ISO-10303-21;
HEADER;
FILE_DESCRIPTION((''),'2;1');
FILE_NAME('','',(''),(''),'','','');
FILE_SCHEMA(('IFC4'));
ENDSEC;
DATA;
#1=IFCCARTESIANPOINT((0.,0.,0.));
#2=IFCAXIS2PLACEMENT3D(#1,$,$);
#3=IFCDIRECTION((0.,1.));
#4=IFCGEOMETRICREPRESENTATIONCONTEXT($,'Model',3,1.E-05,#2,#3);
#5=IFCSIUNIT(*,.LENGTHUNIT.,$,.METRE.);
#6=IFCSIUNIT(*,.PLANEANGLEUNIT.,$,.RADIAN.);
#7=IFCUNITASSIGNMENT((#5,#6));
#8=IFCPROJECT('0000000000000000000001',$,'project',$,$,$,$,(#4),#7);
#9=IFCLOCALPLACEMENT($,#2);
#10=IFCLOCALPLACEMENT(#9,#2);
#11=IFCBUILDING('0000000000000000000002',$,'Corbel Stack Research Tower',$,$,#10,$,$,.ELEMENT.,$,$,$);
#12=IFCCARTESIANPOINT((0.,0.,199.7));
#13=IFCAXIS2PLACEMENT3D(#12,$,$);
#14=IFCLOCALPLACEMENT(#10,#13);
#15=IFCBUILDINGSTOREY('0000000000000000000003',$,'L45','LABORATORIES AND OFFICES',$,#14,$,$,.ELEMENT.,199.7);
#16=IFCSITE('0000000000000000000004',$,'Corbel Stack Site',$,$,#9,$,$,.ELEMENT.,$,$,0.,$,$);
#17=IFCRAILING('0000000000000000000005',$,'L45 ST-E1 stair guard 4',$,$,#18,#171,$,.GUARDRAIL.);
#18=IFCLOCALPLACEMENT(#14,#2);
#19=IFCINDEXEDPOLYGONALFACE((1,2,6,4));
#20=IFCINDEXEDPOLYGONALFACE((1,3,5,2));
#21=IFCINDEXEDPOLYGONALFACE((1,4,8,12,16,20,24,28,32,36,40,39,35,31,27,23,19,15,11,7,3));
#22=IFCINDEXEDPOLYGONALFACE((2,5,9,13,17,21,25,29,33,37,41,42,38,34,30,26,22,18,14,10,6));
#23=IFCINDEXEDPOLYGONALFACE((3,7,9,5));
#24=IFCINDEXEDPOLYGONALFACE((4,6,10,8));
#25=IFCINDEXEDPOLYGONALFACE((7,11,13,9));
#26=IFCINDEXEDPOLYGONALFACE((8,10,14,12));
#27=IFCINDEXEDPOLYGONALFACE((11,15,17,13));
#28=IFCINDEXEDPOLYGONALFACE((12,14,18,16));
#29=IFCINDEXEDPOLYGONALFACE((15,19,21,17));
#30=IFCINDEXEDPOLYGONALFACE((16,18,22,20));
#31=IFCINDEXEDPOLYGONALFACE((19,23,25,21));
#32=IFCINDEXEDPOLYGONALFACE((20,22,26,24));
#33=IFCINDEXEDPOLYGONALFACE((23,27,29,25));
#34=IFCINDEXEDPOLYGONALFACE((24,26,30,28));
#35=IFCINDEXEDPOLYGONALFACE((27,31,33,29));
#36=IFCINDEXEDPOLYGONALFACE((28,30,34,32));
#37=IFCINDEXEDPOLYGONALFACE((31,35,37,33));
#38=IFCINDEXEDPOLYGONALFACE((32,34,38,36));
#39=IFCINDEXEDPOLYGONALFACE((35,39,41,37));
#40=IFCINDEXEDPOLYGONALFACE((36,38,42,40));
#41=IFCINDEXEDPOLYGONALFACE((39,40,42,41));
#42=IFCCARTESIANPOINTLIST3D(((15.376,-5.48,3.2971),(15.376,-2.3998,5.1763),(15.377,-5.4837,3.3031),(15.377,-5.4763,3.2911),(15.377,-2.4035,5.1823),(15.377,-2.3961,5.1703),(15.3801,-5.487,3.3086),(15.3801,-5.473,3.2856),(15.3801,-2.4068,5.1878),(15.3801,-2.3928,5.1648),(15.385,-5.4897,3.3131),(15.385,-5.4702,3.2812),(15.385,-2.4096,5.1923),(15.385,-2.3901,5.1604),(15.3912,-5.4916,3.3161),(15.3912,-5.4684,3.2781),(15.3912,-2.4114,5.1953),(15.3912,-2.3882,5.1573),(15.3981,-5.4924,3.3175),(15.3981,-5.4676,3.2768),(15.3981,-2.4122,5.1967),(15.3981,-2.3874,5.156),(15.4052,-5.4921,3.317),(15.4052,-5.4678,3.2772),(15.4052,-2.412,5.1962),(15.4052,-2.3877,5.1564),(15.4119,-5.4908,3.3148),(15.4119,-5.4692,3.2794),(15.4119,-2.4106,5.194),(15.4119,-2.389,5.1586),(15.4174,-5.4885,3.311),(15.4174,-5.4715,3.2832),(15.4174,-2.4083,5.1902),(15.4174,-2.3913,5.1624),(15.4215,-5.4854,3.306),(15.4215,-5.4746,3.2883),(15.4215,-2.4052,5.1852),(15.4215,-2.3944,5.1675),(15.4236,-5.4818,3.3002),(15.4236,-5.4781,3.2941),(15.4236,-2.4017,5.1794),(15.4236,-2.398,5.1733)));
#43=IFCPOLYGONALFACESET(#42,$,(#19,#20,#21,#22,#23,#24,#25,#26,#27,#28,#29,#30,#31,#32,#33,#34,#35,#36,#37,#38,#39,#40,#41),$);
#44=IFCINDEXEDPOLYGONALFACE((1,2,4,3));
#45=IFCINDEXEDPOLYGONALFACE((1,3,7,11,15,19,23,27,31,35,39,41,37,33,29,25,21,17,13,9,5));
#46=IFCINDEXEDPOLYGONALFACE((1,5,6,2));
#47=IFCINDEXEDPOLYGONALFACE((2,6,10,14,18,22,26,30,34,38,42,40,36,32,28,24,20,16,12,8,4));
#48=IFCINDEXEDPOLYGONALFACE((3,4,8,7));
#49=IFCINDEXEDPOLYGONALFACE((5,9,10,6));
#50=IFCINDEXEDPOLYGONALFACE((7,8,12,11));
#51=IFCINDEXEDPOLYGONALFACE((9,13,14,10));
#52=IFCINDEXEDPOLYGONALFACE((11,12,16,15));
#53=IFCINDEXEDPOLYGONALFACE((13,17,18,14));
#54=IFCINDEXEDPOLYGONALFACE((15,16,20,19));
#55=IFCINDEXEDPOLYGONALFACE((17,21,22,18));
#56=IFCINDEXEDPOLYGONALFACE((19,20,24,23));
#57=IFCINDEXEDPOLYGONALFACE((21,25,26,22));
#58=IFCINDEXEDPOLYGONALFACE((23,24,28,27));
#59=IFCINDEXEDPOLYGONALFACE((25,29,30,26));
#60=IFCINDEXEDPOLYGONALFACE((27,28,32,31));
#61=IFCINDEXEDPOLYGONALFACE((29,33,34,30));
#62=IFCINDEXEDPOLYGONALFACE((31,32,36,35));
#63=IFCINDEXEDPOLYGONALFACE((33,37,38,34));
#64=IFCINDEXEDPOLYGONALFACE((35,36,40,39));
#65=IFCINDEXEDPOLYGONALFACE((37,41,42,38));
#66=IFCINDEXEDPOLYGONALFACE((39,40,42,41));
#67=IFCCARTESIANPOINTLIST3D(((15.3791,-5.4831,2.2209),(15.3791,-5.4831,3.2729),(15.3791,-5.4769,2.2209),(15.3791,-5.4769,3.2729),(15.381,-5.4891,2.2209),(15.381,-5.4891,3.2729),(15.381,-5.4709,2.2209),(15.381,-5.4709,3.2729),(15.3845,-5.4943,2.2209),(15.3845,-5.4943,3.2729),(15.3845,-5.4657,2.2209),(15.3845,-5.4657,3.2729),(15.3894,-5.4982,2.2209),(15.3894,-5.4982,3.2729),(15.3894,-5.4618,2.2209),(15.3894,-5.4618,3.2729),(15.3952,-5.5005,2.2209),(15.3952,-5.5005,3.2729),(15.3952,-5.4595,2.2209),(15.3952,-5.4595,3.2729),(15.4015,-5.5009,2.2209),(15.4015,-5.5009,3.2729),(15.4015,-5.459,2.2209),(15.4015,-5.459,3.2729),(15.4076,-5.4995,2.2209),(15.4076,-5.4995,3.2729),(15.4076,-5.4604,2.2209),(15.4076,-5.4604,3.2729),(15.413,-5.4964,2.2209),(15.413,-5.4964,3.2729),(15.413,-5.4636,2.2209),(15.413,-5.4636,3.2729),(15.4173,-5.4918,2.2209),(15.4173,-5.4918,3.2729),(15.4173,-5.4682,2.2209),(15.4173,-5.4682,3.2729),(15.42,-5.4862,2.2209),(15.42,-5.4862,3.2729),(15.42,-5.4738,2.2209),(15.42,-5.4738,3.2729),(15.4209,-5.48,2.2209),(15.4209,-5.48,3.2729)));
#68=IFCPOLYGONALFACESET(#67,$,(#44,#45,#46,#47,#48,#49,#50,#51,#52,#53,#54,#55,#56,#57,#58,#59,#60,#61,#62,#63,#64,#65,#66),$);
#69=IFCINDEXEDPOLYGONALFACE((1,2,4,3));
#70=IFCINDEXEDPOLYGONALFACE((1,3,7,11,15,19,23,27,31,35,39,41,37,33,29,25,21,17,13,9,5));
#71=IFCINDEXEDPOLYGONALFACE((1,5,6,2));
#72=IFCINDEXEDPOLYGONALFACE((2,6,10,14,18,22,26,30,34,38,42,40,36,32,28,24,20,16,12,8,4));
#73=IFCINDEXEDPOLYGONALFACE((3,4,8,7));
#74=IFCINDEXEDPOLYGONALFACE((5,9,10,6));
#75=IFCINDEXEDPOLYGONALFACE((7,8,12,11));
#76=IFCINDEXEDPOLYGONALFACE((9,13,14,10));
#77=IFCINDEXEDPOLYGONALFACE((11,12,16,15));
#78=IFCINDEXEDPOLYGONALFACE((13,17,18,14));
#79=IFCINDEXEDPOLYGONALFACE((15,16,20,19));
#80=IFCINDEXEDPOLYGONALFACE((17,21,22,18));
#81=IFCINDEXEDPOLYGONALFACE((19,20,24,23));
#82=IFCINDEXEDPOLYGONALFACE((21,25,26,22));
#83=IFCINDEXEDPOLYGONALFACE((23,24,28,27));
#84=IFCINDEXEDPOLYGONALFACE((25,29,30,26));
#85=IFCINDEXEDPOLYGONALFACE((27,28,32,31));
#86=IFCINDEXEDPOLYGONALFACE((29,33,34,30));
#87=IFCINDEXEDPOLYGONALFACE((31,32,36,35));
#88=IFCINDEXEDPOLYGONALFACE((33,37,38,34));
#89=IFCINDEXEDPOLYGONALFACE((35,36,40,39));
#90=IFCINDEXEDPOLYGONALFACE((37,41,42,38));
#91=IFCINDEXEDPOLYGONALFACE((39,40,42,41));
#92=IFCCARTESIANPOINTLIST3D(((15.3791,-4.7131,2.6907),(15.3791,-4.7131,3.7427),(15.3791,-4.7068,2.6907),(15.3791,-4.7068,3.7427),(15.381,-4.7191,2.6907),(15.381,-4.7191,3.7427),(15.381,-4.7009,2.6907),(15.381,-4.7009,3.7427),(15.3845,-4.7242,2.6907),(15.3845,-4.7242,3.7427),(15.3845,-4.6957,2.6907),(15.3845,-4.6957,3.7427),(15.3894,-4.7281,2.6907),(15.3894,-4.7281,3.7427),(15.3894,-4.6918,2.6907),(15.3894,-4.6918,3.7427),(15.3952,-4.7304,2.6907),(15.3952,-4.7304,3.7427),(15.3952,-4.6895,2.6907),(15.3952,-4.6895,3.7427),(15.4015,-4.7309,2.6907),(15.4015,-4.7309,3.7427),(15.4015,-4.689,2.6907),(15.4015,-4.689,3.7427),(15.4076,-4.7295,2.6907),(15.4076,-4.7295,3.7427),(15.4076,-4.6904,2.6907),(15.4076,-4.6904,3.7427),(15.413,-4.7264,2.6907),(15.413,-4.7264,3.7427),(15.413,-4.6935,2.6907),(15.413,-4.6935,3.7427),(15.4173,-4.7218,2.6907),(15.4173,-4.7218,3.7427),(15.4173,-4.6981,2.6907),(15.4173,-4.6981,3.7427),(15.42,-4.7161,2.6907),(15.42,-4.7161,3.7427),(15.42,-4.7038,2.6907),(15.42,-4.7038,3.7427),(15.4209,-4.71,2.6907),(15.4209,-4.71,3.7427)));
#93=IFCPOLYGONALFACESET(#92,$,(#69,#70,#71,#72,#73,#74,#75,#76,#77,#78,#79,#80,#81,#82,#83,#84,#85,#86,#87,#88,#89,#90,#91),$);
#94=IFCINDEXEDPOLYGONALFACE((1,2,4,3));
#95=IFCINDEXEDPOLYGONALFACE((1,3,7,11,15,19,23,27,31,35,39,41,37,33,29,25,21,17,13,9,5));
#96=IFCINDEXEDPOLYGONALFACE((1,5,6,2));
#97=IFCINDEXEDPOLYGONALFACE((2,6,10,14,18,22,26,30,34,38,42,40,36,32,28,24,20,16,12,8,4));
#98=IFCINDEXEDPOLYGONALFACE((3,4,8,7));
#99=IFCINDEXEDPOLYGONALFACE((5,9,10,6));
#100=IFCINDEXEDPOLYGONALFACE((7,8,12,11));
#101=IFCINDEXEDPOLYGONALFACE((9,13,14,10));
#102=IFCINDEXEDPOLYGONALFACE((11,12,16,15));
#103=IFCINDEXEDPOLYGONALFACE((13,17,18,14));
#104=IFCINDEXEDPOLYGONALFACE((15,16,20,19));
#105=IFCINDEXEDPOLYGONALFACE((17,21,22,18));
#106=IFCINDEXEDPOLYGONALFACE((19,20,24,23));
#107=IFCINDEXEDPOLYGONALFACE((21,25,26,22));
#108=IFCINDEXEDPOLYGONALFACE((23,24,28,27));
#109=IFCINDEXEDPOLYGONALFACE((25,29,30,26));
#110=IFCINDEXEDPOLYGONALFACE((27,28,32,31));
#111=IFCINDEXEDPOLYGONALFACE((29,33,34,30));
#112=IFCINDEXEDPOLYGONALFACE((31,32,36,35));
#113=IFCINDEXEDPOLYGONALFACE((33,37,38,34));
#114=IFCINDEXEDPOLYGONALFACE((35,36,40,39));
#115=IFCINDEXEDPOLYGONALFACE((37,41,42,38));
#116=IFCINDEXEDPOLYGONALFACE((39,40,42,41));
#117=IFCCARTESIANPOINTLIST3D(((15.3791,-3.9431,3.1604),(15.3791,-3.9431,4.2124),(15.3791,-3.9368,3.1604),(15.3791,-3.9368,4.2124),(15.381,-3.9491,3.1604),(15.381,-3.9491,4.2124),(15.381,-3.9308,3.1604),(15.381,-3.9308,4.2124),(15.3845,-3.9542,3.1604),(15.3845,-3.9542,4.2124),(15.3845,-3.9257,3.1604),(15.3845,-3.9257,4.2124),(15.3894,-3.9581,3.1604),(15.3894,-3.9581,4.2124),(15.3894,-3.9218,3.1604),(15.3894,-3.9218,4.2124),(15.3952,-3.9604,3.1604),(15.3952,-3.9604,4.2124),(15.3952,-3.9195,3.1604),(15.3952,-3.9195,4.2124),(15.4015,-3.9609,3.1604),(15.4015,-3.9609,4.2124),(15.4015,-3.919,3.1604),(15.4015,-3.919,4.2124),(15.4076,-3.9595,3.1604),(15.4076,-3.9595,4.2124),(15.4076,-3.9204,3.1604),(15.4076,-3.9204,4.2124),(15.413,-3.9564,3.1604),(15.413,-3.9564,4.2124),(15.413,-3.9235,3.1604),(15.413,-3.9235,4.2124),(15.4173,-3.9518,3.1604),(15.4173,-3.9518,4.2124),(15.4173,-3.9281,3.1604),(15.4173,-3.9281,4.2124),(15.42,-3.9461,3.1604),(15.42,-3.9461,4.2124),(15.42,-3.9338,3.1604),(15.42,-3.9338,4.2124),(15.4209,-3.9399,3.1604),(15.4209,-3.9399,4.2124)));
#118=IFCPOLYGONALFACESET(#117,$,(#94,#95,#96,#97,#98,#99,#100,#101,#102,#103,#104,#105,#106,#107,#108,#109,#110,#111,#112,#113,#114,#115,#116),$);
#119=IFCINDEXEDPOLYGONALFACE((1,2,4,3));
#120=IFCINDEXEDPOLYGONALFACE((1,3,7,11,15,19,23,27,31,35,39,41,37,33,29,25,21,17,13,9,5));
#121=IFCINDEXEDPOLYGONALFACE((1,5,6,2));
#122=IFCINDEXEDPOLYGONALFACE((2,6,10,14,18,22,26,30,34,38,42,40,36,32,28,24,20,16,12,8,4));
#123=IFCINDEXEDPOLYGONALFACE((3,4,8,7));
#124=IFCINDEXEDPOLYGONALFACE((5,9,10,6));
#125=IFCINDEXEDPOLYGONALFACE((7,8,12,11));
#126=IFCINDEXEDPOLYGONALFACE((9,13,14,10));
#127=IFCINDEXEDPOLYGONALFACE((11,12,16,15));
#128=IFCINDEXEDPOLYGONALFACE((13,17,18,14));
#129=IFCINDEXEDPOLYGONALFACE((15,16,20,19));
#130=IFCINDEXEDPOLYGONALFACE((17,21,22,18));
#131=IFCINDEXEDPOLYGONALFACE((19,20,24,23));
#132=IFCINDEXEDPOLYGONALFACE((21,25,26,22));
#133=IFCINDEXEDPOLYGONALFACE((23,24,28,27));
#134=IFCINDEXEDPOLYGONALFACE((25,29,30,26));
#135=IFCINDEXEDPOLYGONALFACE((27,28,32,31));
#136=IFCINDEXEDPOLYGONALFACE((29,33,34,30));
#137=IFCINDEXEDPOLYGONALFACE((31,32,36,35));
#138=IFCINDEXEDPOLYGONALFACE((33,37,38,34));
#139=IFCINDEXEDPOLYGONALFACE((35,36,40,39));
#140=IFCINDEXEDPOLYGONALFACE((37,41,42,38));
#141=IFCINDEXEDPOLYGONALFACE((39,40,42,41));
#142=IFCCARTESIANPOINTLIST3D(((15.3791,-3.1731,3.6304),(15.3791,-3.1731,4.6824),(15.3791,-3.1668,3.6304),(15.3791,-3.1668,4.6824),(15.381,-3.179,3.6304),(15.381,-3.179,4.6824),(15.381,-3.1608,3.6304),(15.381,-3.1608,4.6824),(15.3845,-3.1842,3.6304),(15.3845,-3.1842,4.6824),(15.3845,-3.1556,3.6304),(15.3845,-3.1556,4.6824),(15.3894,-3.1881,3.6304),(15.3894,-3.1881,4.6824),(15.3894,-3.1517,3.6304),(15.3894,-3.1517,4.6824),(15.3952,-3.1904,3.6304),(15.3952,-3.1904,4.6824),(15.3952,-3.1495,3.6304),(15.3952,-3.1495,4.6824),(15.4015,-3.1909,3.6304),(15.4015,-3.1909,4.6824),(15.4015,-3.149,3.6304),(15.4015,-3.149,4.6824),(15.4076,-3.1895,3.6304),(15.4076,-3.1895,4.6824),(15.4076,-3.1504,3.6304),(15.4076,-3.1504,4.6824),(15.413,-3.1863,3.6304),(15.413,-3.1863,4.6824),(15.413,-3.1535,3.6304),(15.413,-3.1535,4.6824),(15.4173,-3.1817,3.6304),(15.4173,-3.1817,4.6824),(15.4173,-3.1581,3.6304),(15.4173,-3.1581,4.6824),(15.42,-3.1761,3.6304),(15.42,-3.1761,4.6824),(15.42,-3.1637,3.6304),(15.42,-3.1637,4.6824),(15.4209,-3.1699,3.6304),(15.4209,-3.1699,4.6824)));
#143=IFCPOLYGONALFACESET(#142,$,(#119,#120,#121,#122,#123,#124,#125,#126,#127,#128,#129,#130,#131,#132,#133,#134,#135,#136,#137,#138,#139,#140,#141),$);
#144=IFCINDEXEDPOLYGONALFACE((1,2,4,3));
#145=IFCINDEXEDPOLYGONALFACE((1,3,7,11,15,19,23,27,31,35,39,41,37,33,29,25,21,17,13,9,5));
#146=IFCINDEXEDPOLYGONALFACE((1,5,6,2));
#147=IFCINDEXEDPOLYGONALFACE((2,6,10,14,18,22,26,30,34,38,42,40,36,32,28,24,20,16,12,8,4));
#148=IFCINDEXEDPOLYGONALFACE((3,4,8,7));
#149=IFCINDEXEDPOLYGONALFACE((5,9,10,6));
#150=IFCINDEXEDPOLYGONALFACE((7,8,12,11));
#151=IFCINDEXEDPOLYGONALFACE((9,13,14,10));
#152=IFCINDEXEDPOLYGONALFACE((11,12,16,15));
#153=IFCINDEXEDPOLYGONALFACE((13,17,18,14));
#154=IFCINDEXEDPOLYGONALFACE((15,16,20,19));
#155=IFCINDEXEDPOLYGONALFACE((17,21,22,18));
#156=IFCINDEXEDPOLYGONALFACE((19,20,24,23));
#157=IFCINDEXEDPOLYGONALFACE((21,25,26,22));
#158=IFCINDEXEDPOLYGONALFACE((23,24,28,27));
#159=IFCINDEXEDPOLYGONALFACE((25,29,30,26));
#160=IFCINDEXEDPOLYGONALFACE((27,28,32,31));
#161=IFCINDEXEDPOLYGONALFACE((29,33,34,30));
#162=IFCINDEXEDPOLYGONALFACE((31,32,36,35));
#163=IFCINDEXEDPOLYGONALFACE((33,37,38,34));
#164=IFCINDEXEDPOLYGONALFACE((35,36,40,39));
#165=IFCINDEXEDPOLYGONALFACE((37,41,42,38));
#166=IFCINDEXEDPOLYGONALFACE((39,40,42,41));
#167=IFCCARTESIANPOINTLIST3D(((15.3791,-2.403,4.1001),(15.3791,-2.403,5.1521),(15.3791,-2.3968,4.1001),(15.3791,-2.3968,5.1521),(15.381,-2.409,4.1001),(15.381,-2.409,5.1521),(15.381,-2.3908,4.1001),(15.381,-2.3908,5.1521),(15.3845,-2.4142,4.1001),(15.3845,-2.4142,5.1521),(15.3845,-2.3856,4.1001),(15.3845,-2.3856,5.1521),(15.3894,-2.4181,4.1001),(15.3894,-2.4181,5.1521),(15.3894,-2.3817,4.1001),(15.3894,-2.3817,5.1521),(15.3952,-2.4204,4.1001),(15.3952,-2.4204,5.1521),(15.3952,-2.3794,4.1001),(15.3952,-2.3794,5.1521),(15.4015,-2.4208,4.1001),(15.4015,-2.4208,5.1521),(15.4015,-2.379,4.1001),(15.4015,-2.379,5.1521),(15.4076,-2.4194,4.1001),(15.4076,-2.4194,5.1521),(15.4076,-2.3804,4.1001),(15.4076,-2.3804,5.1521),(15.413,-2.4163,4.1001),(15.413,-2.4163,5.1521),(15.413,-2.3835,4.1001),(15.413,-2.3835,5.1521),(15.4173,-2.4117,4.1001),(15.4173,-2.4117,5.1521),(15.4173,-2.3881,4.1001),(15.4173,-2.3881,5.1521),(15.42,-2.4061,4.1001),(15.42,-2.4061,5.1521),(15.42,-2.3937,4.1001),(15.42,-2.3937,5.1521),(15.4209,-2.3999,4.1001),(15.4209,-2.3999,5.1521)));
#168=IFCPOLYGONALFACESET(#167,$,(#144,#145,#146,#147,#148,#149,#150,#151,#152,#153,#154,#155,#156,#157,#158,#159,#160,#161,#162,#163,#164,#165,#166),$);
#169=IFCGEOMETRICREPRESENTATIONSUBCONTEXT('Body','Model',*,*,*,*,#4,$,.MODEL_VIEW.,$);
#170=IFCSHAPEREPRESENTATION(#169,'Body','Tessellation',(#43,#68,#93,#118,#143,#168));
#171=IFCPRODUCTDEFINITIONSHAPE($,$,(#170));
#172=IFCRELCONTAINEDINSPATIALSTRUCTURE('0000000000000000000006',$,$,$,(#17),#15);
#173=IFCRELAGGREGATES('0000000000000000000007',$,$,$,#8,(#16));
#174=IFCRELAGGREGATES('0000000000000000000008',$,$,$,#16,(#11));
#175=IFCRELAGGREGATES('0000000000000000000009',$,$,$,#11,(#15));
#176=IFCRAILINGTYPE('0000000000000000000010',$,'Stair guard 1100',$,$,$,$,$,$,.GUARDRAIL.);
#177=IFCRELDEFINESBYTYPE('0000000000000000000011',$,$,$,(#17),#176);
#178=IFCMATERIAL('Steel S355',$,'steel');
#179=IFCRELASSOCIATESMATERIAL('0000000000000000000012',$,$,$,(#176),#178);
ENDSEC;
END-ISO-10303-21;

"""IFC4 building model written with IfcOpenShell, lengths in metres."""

from ifc_helpers import new_model, si_unit, direction, frame, origin, origin_2d, place, context, subcontext, project, spatial, circle, extrude, material, type_object, element, save


model = new_model("IFC4")

# Units and contexts
model_context = context("Model", 3, precision=1e-05, world=origin(), true_north=direction((0.0, 1.0)))
body_context = subcontext(model_context, "Body", "Model", "MODEL_VIEW")
ifc_project = project(units=[si_unit("LENGTHUNIT", "METRE"), si_unit("PLANEANGLEUNIT", "RADIAN")], contexts=[model_context])

# Site, building, storey
site_placement = place(None, origin())
site = spatial("IfcSite", under=ifc_project, at=site_placement, Name="Corbel Stack Site", CompositionType="ELEMENT", RefElevation=0.0)
building_placement = place(site_placement, origin())
building = spatial("IfcBuilding", under=site, at=building_placement, Name="Corbel Stack Research Tower", CompositionType="ELEMENT")
storey_placement = place(building_placement, frame((0.0, 0.0, 199.7)))
storey = spatial("IfcBuildingStorey", under=building, at=storey_placement, Name="L45", Description="LABORATORIES AND OFFICES", CompositionType="ELEMENT", Elevation=199.7)

# Railing
ifc_material_1 = material(Name="Steel S355", Category="steel")
railing_type_1 = type_object("IfcRailingType", Name="Stair guard 1100", PredefinedType="GUARDRAIL", material=ifc_material_1)
railing_1_placement = place(storey_placement, frame((15.3999, -5.48, 2.2209)))
element("IfcRailing", 1, at=railing_1_placement, inside=storey, type_object=railing_type_1, Name="L45 ST-E1 stair guard 4", PredefinedType="GUARDRAIL", context=body_context, shape_type="SweptSolid", body=[
    extrude(circle(Radius=0.0239, at=origin_2d()), frame((0.0, 0.0, 1.0762), z_axis=(0.0, 0.853666, 0.52082), x_axis=(-1.0, 0.0, 0.0)), (0.0, 0.0, 1.0), 3.6082),
    extrude(circle(Radius=0.021, at=origin_2d()), origin(), (0.0, 0.0, 1.0), 1.052),
    extrude(circle(Radius=0.021, at=origin_2d()), frame((0.0, 0.77, 0.4697)), (0.0, 0.0, 1.0), 1.052),
    extrude(circle(Radius=0.021, at=origin_2d()), frame((0.0, 1.54, 0.9395)), (0.0, 0.0, 1.0), 1.052),
    extrude(circle(Radius=0.021, at=origin_2d()), frame((0.0, 2.3101, 1.4094)), (0.0, 0.0, 1.0), 1.052),
    extrude(circle(Radius=0.021, at=origin_2d()), frame((0.0, 3.0801, 1.8792)), (0.0, 0.0, 1.0), 1.052),
])

save(model, "model.ifc")
